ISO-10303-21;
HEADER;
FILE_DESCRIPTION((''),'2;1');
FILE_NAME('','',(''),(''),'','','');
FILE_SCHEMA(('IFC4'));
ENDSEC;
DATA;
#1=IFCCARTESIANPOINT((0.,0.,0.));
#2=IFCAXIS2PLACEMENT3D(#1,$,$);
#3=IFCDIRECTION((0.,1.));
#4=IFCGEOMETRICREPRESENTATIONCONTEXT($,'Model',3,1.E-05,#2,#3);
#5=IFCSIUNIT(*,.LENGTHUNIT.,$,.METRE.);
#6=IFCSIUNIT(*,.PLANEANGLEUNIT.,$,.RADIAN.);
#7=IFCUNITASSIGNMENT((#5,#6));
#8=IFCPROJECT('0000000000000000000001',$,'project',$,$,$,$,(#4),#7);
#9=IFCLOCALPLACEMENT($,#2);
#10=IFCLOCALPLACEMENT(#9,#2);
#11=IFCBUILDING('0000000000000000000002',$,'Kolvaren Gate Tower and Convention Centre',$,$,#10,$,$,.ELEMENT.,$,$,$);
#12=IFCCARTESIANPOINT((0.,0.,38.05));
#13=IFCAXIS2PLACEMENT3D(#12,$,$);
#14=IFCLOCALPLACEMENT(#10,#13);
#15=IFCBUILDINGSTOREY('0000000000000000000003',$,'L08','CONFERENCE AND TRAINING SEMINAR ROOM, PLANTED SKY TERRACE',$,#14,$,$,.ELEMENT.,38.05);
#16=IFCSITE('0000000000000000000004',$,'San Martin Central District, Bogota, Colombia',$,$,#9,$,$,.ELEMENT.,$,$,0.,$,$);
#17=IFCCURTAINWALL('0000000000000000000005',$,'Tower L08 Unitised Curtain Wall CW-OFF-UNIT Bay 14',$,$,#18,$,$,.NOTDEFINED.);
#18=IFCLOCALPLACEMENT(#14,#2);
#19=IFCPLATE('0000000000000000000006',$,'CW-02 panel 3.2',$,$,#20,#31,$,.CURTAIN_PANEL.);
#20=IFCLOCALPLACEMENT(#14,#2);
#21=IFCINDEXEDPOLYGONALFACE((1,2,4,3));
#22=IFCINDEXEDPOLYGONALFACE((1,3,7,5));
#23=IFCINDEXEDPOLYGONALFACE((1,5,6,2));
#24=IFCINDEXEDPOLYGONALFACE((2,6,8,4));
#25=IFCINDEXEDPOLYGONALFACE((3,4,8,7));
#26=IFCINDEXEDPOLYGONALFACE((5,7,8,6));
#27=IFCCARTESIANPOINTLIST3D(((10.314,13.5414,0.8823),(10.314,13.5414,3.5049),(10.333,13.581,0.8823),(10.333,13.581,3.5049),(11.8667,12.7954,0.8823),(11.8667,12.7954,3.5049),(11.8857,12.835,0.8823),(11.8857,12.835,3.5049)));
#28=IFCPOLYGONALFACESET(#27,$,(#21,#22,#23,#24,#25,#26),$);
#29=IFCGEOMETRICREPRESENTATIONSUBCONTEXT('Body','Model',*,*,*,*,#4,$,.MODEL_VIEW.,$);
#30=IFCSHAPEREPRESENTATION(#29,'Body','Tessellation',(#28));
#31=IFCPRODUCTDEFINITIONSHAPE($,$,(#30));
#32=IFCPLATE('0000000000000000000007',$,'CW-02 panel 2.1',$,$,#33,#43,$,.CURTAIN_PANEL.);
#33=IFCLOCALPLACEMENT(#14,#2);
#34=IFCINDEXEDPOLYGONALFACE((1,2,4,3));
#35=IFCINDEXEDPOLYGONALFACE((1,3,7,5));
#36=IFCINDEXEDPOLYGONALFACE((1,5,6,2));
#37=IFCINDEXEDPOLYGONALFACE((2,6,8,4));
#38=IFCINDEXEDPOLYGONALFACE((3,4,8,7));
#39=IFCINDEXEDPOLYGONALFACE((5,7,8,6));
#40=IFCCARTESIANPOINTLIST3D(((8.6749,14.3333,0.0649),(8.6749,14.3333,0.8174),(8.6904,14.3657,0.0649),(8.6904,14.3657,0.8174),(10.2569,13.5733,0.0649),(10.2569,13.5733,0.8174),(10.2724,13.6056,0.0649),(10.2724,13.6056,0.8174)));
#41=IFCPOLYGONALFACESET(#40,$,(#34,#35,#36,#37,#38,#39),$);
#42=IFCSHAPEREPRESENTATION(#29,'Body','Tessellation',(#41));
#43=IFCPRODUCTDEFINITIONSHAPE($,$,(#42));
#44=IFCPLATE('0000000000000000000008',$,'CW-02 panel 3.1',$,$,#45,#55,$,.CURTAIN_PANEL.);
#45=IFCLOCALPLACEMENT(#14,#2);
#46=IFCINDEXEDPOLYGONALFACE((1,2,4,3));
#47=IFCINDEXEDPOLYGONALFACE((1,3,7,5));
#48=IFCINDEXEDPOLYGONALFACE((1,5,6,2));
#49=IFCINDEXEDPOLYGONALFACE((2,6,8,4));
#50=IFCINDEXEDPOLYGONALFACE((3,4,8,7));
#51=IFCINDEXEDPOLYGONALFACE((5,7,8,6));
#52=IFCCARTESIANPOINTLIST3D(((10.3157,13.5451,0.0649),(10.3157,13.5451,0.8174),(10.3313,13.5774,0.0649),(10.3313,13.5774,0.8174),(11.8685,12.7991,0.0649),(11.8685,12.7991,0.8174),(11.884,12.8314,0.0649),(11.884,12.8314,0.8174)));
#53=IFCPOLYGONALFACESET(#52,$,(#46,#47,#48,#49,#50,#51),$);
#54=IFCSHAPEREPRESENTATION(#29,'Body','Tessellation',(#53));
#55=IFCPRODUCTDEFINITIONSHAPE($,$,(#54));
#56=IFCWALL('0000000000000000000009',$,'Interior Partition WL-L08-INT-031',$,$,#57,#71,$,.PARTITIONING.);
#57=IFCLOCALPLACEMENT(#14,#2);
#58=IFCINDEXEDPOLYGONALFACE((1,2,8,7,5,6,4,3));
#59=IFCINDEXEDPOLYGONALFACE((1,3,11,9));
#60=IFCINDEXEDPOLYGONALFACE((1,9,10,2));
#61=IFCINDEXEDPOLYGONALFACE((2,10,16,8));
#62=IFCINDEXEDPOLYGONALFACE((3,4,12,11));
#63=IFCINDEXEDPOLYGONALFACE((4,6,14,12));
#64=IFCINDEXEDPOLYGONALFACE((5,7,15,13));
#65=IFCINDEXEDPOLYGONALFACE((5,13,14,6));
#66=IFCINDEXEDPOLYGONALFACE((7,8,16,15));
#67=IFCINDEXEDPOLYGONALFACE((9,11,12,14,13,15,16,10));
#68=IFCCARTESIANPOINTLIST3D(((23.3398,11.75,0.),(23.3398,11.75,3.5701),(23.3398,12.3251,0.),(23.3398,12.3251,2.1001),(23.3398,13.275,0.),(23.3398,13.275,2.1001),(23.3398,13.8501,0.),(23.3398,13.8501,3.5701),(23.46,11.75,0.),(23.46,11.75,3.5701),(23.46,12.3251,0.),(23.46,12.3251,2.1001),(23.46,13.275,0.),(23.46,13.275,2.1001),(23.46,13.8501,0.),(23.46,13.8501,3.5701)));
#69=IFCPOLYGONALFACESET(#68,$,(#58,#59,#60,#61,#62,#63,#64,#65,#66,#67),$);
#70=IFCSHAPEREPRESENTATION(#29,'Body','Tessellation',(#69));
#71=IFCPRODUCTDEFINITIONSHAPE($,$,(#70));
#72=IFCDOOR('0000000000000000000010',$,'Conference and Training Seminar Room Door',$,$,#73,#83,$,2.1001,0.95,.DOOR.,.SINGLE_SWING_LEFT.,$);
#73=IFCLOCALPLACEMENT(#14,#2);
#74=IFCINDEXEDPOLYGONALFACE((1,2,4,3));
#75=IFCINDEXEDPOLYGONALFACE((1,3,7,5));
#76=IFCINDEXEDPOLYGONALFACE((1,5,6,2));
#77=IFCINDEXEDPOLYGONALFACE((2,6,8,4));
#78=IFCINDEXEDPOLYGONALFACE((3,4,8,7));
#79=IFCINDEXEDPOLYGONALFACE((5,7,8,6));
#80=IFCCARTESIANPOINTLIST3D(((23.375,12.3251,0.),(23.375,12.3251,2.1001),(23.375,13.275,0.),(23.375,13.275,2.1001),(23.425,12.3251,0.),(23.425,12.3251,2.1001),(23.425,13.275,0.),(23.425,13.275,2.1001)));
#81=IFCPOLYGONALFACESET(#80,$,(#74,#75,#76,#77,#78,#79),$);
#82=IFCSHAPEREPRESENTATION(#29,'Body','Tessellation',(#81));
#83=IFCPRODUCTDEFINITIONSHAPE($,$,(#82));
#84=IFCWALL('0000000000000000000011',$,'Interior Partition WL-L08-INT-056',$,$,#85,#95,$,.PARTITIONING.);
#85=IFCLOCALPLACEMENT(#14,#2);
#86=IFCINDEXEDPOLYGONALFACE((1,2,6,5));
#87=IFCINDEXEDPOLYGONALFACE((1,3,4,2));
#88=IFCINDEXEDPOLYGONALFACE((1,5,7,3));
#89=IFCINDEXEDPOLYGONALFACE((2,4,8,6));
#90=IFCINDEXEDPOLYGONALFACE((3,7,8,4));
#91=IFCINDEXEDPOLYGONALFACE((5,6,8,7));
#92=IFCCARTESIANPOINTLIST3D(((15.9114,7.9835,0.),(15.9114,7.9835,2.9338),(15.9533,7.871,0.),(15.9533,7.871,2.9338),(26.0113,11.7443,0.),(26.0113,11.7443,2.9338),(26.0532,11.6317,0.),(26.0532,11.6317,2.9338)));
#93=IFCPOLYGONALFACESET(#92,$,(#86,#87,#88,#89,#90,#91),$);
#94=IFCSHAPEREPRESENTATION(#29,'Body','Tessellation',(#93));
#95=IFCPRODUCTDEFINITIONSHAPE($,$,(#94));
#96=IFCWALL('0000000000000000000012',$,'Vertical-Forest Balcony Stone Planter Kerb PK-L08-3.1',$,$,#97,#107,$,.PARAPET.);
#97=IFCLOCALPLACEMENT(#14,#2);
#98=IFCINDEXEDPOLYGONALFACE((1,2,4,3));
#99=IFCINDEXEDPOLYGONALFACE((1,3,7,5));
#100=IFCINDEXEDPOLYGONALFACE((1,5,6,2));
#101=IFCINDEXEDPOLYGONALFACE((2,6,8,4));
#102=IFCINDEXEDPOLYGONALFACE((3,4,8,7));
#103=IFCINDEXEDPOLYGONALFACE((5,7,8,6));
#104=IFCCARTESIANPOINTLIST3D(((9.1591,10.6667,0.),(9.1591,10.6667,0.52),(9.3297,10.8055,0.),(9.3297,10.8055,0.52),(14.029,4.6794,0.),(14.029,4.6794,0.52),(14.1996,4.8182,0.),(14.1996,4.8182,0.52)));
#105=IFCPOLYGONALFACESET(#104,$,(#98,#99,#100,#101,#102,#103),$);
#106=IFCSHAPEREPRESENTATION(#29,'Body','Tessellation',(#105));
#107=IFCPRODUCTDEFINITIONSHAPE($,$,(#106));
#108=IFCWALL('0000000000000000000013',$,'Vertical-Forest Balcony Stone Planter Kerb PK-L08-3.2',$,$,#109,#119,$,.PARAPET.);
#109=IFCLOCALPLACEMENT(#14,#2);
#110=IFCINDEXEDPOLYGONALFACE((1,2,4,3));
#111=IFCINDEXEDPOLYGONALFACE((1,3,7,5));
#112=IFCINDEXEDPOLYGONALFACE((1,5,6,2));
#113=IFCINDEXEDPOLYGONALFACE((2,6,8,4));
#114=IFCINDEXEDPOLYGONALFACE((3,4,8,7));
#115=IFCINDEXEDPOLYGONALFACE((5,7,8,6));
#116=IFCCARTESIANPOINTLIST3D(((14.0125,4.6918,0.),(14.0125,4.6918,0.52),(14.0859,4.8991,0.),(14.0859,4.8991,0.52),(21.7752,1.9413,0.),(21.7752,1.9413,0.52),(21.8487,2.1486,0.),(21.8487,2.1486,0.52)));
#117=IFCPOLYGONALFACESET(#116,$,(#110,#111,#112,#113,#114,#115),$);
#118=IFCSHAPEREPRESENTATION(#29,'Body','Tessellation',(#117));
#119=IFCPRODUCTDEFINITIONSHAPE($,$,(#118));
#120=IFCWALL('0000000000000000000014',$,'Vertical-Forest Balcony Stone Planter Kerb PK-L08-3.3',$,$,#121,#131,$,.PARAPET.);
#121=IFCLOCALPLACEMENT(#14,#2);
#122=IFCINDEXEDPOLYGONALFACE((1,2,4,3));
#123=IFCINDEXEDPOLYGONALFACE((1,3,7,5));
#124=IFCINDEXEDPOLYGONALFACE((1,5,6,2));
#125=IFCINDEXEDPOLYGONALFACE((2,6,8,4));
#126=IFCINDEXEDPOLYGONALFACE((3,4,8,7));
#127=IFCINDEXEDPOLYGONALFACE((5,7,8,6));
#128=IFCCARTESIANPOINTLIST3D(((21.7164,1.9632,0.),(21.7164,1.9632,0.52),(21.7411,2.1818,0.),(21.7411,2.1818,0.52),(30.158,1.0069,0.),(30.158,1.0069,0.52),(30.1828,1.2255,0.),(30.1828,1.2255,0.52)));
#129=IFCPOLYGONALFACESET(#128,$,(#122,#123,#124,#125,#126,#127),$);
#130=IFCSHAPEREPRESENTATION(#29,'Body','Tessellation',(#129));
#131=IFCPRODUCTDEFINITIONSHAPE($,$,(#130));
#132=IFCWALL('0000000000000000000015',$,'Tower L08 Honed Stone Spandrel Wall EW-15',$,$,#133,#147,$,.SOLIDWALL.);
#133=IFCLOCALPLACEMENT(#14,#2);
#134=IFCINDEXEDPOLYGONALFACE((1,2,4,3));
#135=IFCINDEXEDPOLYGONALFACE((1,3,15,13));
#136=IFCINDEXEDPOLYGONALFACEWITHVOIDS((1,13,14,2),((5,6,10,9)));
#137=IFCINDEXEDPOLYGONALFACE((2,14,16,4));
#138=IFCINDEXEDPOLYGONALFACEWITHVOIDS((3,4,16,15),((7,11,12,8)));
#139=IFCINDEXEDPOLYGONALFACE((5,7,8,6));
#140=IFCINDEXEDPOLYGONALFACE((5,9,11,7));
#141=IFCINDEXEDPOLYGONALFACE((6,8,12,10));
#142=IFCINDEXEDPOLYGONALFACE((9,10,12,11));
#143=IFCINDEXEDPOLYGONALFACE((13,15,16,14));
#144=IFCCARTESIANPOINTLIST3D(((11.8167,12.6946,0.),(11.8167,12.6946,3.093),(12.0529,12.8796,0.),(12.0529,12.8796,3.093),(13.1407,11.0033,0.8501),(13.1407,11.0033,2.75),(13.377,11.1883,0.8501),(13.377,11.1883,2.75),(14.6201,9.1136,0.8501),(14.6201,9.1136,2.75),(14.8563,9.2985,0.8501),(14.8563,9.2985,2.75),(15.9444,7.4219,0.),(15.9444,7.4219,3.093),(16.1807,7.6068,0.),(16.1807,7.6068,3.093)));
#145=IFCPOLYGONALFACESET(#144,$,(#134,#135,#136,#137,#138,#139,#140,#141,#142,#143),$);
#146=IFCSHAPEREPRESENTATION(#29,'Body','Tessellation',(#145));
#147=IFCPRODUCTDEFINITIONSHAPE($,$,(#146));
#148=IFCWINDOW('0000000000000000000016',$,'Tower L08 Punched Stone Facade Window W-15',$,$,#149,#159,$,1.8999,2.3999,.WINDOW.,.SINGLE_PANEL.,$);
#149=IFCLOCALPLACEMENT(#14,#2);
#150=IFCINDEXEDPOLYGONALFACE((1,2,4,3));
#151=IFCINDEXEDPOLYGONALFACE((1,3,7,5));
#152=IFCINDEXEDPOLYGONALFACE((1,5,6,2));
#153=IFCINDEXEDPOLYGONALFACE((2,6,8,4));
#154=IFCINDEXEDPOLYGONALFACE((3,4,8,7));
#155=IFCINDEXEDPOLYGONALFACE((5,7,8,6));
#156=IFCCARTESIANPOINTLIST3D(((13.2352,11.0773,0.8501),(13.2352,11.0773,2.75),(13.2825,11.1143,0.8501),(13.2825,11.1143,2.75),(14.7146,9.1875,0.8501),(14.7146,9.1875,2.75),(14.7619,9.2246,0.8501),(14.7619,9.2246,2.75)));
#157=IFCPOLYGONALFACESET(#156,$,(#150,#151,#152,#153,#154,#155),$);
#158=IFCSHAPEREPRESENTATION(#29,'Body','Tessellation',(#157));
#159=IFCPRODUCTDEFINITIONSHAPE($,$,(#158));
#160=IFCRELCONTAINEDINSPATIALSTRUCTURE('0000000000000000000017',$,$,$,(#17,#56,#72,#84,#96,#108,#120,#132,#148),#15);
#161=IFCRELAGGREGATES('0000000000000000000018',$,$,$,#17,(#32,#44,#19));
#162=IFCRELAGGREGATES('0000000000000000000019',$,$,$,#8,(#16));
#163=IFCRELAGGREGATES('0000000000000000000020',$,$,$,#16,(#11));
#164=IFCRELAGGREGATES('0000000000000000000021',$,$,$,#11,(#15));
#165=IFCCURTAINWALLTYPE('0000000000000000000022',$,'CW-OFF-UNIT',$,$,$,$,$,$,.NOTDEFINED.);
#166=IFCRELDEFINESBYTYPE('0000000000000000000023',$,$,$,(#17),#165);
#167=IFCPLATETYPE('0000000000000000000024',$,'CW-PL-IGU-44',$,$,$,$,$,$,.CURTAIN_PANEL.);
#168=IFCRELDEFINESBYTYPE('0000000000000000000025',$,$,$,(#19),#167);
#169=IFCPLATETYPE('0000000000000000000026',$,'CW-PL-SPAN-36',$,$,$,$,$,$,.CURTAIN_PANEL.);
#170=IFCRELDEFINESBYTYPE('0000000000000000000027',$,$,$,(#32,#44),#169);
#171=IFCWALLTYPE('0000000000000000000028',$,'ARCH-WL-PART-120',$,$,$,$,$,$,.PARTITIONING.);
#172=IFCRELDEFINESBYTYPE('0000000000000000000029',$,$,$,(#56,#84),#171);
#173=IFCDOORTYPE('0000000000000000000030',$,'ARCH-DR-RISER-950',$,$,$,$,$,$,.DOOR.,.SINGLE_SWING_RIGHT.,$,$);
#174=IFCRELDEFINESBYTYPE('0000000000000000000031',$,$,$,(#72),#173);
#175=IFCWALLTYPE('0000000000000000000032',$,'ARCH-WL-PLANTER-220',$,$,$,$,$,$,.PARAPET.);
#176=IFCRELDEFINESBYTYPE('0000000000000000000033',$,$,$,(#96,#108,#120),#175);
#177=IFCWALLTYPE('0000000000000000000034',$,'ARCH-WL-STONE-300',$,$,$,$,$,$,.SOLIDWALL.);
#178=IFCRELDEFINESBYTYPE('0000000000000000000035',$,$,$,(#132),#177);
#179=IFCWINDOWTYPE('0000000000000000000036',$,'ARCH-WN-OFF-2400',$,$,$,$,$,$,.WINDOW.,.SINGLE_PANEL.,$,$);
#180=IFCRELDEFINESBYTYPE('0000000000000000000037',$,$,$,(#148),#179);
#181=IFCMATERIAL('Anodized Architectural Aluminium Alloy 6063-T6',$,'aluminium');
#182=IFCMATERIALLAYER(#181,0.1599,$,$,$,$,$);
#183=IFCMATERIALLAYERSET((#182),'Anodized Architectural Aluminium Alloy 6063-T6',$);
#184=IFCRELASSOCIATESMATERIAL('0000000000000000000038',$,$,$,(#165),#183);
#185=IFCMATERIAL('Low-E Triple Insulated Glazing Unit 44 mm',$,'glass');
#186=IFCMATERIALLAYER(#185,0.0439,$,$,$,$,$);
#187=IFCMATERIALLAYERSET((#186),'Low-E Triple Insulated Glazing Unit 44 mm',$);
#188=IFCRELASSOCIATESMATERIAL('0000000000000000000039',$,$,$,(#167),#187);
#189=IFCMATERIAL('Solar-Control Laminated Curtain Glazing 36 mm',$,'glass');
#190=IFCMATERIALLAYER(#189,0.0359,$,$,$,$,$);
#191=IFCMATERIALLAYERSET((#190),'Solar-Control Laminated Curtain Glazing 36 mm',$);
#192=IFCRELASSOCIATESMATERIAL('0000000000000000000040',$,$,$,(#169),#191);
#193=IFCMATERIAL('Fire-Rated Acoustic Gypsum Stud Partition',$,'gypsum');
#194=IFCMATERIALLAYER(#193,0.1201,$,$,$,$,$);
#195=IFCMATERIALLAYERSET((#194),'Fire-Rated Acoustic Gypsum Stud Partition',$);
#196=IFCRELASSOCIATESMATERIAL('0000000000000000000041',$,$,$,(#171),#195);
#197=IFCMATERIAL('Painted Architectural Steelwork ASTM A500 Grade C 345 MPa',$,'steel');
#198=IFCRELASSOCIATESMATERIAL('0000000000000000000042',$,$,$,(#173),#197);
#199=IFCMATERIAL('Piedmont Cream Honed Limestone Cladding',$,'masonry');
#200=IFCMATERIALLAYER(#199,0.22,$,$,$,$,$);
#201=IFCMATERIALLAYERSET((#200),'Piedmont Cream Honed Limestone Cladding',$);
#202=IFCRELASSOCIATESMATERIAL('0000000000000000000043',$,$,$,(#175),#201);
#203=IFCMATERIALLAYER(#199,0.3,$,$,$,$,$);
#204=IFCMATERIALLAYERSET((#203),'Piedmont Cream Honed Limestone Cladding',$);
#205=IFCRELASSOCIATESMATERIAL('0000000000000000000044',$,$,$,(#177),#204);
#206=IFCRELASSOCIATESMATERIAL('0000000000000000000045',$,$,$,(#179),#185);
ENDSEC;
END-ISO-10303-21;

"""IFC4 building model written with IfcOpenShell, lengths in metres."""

from ifc_helpers import new_model, si_unit, direction, frame, frame_2d, origin, origin_2d, place, context, subcontext, project, spatial, rectangle, extrude, material, layer, layer_set, type_object, element, fill, aggregate, save


model = new_model("IFC4")

# Units and contexts
model_context = context("Model", 3, precision=1e-05, world=origin(), true_north=direction((0.0, 1.0)))
body_context = subcontext(model_context, "Body", "Model", "MODEL_VIEW")
ifc_project = project(units=[si_unit("LENGTHUNIT", "METRE"), si_unit("PLANEANGLEUNIT", "RADIAN")], contexts=[model_context])

# Site, building, storey
site_placement = place(None, origin())
site = spatial("IfcSite", under=ifc_project, at=site_placement, Name="San Martin Central District, Bogota, Colombia", CompositionType="ELEMENT", RefElevation=0.0)
building_placement = place(site_placement, origin())
building = spatial("IfcBuilding", under=site, at=building_placement, Name="Kolvaren Gate Tower and Convention Centre", CompositionType="ELEMENT")
storey_placement = place(building_placement, frame((0.0, 0.0, 38.05)))
storey = spatial("IfcBuildingStorey", under=building, at=storey_placement, Name="L08", Description="CONFERENCE AND TRAINING SEMINAR ROOM, PLANTED SKY TERRACE", CompositionType="ELEMENT", Elevation=38.05)

# Curtain wall
ifc_material_1 = material(Name="Anodized Architectural Aluminium Alloy 6063-T6", Category="aluminium")
ifc_layer_1 = layer(ifc_material_1, 0.1599)
ifc_layer_set_1 = layer_set([ifc_layer_1], Name="Anodized Architectural Aluminium Alloy 6063-T6")
curtain_wall_type = type_object("IfcCurtainWallType", Name="CW-OFF-UNIT", PredefinedType="NOTDEFINED", material=ifc_layer_set_1)
curtain_wall_placement = place(storey_placement, origin())
curtain_wall = element("IfcCurtainWall", 1, at=curtain_wall_placement, inside=storey, type_object=curtain_wall_type, Name="Tower L08 Unitised Curtain Wall CW-OFF-UNIT Bay 14", PredefinedType="NOTDEFINED")

# Plates
ifc_material_2 = material(Name="Low-E Triple Insulated Glazing Unit 44 mm", Category="glass")
ifc_layer_2 = layer(ifc_material_2, 0.0439)
ifc_layer_set_2 = layer_set([ifc_layer_2], Name="Low-E Triple Insulated Glazing Unit 44 mm")
plate_type_1 = type_object("IfcPlateType", Name="CW-PL-IGU-44", PredefinedType="CURTAIN_PANEL", material=ifc_layer_set_2)
plate_1_placement = place(storey_placement, frame((11.0999, 13.1882, 0.8823), z_axis=(0.0, 0.0, 1.0), x_axis=(0.901367, -0.433057, 0.0)))
plate_1 = element("IfcPlate", 2, at=plate_1_placement, type_object=plate_type_1, Name="CW-02 panel 3.2", PredefinedType="CURTAIN_PANEL", context=body_context, shape_type="SweptSolid", body=[
    extrude(rectangle(XDim=1.7227, YDim=0.0439, at=origin_2d()), origin(), (0.0, 0.0, 1.0), 2.6226),
])
ifc_material_3 = material(Name="Solar-Control Laminated Curtain Glazing 36 mm", Category="glass")
ifc_layer_3 = layer(ifc_material_3, 0.0359)
ifc_layer_set_3 = layer_set([ifc_layer_3], Name="Solar-Control Laminated Curtain Glazing 36 mm")
plate_type_2 = type_object("IfcPlateType", Name="CW-PL-SPAN-36", PredefinedType="CURTAIN_PANEL", material=ifc_layer_set_3)
plate_2_placement = place(storey_placement, frame((9.4736, 13.9695, 0.0649), z_axis=(0.0, 0.0, 1.0), x_axis=(0.901367, -0.433057, 0.0)))
plate_2 = element("IfcPlate", 3, at=plate_2_placement, type_object=plate_type_2, Name="CW-02 panel 2.1", PredefinedType="CURTAIN_PANEL", context=body_context, shape_type="SweptSolid", body=[
    extrude(rectangle(XDim=1.7551, YDim=0.0359, at=origin_2d()), origin(), (0.0, 0.0, 1.0), 0.7524),
])
plate_3_placement = place(storey_placement, frame((11.0999, 13.1882, 0.0649), z_axis=(0.0, 0.0, 1.0), x_axis=(0.901367, -0.433057, 0.0)))
plate_3 = element("IfcPlate", 4, at=plate_3_placement, type_object=plate_type_2, Name="CW-02 panel 3.1", PredefinedType="CURTAIN_PANEL", context=body_context, shape_type="SweptSolid", body=[
    extrude(rectangle(XDim=1.7227, YDim=0.0359, at=origin_2d()), origin(), (0.0, 0.0, 1.0), 0.7524),
])
aggregate(curtain_wall, [plate_2, plate_3, plate_1])

# Wall, opening, door
ifc_material_4 = material(Name="Fire-Rated Acoustic Gypsum Stud Partition", Category="gypsum")
ifc_layer_4 = layer(ifc_material_4, 0.1201)
ifc_layer_set_4 = layer_set([ifc_layer_4], Name="Fire-Rated Acoustic Gypsum Stud Partition")
wall_type_1 = type_object("IfcWallType", Name="ARCH-WL-PART-120", PredefinedType="PARTITIONING", material=ifc_layer_set_4)
wall_1_placement = place(storey_placement, frame((23.3999, 11.75, 0.0), z_axis=(0.0, 0.0, 1.0), x_axis=(0.0, 1.0, 0.0)))
wall_1 = element("IfcWall", 5, at=wall_1_placement, inside=storey, type_object=wall_type_1, Name="Interior Partition WL-L08-INT-031", PredefinedType="PARTITIONING", context=body_context, shape_type="SweptSolid", body=[
    extrude(rectangle(XDim=2.1001, YDim=0.1201, at=frame_2d((1.05, 0.0))), origin(), (0.0, 0.0, 1.0), 3.5701),
])
opening_1_placement = place(wall_1_placement, frame((0.575, 0.0, 0.0)))
opening_1 = element("IfcOpeningElement", 6, at=opening_1_placement, cuts=wall_1, PredefinedType="OPENING", context=body_context, shape_type="SweptSolid", body=[
    extrude(rectangle(XDim=0.95, YDim=2.1001, at=frame_2d((0.4751, 1.05))), frame((0.0, 0.0701, 0.0), z_axis=(0.0, -1.0, 0.0), x_axis=(1.0, 0.0, 0.0)), (0.0, 0.0, 1.0), 0.1401),
])
ifc_material_5 = material(Name="Painted Architectural Steelwork ASTM A500 Grade C 345 MPa", Category="steel")
door_type_1 = type_object("IfcDoorType", Name="ARCH-DR-RISER-950", OperationType="SINGLE_SWING_RIGHT", PredefinedType="DOOR", material=ifc_material_5)
door_1_placement = place(opening_1_placement, origin())
door_1 = element("IfcDoor", 7, at=door_1_placement, inside=storey, type_object=door_type_1, Name="Conference and Training Seminar Room Door", OperationType="SINGLE_SWING_LEFT", OverallHeight=2.1001, OverallWidth=0.95, PredefinedType="DOOR", context=body_context, shape_type="SweptSolid", body=[
    extrude(rectangle(XDim=0.95, YDim=2.1001, at=frame_2d((0.4751, 1.05))), frame((0.0, 0.0249, 0.0), z_axis=(0.0, -1.0, 0.0), x_axis=(1.0, 0.0, 0.0)), (0.0, 0.0, 1.0), 0.05),
])
fill(opening_1, door_1)

# Walls
wall_2_placement = place(storey_placement, frame((15.9324, 7.9272, 0.0), z_axis=(0.0, 0.0, 1.0), x_axis=(0.937141, 0.34895, 0.0)))
element("IfcWall", 8, at=wall_2_placement, inside=storey, type_object=wall_type_1, Name="Interior Partition WL-L08-INT-056", PredefinedType="PARTITIONING", context=body_context, shape_type="SweptSolid", body=[
    extrude(rectangle(XDim=10.7773, YDim=0.1201, at=frame_2d((5.3887, 0.0))), origin(), (0.0, 0.0, 1.0), 2.9338),
])
ifc_material_6 = material(Name="Piedmont Cream Honed Limestone Cladding", Category="masonry")
ifc_layer_5 = layer(ifc_material_6, 0.22)
ifc_layer_set_5 = layer_set([ifc_layer_5], Name="Piedmont Cream Honed Limestone Cladding")
wall_type_2 = type_object("IfcWallType", Name="ARCH-WL-PLANTER-220", PredefinedType="PARAPET", material=ifc_layer_set_5)
wall_3_placement = place(storey_placement, frame((9.2444, 10.7361, 0.0), z_axis=(0.0, 0.0, 1.0), x_axis=(0.630997, -0.775785, 0.0)))
element("IfcWall", 9, at=wall_3_placement, inside=storey, type_object=wall_type_2, Name="Vertical-Forest Balcony Stone Planter Kerb PK-L08-3.1", PredefinedType="PARAPET", context=body_context, shape_type="SweptSolid", body=[
    extrude(rectangle(XDim=7.7178, YDim=0.22, at=frame_2d((3.8589, 0.0))), origin(), (0.0, 0.0, 1.0), 0.52),
])
wall_4_placement = place(storey_placement, frame((14.0493, 4.7954, 0.0), z_axis=(0.0, 0.0, 1.0), x_axis=(0.942581, -0.333977, 0.0)))
element("IfcWall", 10, at=wall_4_placement, inside=storey, type_object=wall_type_2, Name="Vertical-Forest Balcony Stone Planter Kerb PK-L08-3.2", PredefinedType="PARAPET", context=body_context, shape_type="SweptSolid", body=[
    extrude(rectangle(XDim=8.2356, YDim=0.22, at=frame_2d((4.1177, 0.0))), origin(), (0.0, 0.0, 1.0), 0.52),
])
wall_5_placement = place(storey_placement, frame((21.7288, 2.0725, 0.0), z_axis=(0.0, 0.0, 1.0), x_axis=(0.993645, -0.112563, 0.0)))
element("IfcWall", 11, at=wall_5_placement, inside=storey, type_object=wall_type_2, Name="Vertical-Forest Balcony Stone Planter Kerb PK-L08-3.3", PredefinedType="PARAPET", context=body_context, shape_type="SweptSolid", body=[
    extrude(rectangle(XDim=8.4956, YDim=0.22, at=frame_2d((4.2478, 0.0))), origin(), (0.0, 0.0, 1.0), 0.52),
])

# Wall, opening, window
ifc_layer_6 = layer(ifc_material_6, 0.3)
ifc_layer_set_6 = layer_set([ifc_layer_6], Name="Piedmont Cream Honed Limestone Cladding")
wall_type_3 = type_object("IfcWallType", Name="ARCH-WL-STONE-300", PredefinedType="SOLIDWALL", material=ifc_layer_set_6)
wall_6_placement = place(storey_placement, frame((11.9348, 12.7871, 0.0), z_axis=(0.0, 0.0, 1.0), x_axis=(0.616421, -0.787417, 0.0)))
wall_6 = element("IfcWall", 12, at=wall_6_placement, inside=storey, type_object=wall_type_3, Name="Tower L08 Honed Stone Spandrel Wall EW-15", PredefinedType="SOLIDWALL", context=body_context, shape_type="SweptSolid", body=[
    extrude(rectangle(XDim=6.6963, YDim=0.3, at=frame_2d((3.3481, 0.0))), origin(), (0.0, 0.0, 1.0), 3.093),
])
opening_2_placement = place(wall_6_placement, frame((2.1479, 0.0, 0.8501)))
opening_2 = element("IfcOpeningElement", 13, at=opening_2_placement, cuts=wall_6, PredefinedType="OPENING", context=body_context, shape_type="SweptSolid", body=[
    extrude(rectangle(XDim=2.3999, YDim=1.8999, at=frame_2d((1.2, 0.95))), frame((0.0, 0.1599, 0.0), z_axis=(0.0, -1.0, 0.0), x_axis=(1.0, 0.0, 0.0)), (0.0, 0.0, 1.0), 0.3201),
])
window_type = type_object("IfcWindowType", Name="ARCH-WN-OFF-2400", PartitioningType="SINGLE_PANEL", PredefinedType="WINDOW", material=ifc_material_2)
window_1_placement = place(opening_2_placement, origin())
window_1 = element("IfcWindow", 14, at=window_1_placement, inside=storey, type_object=window_type, Name="Tower L08 Punched Stone Facade Window W-15", OverallHeight=1.8999, OverallWidth=2.3999, PartitioningType="SINGLE_PANEL", PredefinedType="WINDOW", context=body_context, shape_type="SweptSolid", body=[
    extrude(rectangle(XDim=2.3999, YDim=1.8999, at=frame_2d((1.2, 0.95))), frame((0.0, 0.03, 0.0), z_axis=(0.0, -1.0, 0.0), x_axis=(1.0, 0.0, 0.0)), (0.0, 0.0, 1.0), 0.0601),
])
fill(opening_2, window_1)

save(model, "model.ifc")
